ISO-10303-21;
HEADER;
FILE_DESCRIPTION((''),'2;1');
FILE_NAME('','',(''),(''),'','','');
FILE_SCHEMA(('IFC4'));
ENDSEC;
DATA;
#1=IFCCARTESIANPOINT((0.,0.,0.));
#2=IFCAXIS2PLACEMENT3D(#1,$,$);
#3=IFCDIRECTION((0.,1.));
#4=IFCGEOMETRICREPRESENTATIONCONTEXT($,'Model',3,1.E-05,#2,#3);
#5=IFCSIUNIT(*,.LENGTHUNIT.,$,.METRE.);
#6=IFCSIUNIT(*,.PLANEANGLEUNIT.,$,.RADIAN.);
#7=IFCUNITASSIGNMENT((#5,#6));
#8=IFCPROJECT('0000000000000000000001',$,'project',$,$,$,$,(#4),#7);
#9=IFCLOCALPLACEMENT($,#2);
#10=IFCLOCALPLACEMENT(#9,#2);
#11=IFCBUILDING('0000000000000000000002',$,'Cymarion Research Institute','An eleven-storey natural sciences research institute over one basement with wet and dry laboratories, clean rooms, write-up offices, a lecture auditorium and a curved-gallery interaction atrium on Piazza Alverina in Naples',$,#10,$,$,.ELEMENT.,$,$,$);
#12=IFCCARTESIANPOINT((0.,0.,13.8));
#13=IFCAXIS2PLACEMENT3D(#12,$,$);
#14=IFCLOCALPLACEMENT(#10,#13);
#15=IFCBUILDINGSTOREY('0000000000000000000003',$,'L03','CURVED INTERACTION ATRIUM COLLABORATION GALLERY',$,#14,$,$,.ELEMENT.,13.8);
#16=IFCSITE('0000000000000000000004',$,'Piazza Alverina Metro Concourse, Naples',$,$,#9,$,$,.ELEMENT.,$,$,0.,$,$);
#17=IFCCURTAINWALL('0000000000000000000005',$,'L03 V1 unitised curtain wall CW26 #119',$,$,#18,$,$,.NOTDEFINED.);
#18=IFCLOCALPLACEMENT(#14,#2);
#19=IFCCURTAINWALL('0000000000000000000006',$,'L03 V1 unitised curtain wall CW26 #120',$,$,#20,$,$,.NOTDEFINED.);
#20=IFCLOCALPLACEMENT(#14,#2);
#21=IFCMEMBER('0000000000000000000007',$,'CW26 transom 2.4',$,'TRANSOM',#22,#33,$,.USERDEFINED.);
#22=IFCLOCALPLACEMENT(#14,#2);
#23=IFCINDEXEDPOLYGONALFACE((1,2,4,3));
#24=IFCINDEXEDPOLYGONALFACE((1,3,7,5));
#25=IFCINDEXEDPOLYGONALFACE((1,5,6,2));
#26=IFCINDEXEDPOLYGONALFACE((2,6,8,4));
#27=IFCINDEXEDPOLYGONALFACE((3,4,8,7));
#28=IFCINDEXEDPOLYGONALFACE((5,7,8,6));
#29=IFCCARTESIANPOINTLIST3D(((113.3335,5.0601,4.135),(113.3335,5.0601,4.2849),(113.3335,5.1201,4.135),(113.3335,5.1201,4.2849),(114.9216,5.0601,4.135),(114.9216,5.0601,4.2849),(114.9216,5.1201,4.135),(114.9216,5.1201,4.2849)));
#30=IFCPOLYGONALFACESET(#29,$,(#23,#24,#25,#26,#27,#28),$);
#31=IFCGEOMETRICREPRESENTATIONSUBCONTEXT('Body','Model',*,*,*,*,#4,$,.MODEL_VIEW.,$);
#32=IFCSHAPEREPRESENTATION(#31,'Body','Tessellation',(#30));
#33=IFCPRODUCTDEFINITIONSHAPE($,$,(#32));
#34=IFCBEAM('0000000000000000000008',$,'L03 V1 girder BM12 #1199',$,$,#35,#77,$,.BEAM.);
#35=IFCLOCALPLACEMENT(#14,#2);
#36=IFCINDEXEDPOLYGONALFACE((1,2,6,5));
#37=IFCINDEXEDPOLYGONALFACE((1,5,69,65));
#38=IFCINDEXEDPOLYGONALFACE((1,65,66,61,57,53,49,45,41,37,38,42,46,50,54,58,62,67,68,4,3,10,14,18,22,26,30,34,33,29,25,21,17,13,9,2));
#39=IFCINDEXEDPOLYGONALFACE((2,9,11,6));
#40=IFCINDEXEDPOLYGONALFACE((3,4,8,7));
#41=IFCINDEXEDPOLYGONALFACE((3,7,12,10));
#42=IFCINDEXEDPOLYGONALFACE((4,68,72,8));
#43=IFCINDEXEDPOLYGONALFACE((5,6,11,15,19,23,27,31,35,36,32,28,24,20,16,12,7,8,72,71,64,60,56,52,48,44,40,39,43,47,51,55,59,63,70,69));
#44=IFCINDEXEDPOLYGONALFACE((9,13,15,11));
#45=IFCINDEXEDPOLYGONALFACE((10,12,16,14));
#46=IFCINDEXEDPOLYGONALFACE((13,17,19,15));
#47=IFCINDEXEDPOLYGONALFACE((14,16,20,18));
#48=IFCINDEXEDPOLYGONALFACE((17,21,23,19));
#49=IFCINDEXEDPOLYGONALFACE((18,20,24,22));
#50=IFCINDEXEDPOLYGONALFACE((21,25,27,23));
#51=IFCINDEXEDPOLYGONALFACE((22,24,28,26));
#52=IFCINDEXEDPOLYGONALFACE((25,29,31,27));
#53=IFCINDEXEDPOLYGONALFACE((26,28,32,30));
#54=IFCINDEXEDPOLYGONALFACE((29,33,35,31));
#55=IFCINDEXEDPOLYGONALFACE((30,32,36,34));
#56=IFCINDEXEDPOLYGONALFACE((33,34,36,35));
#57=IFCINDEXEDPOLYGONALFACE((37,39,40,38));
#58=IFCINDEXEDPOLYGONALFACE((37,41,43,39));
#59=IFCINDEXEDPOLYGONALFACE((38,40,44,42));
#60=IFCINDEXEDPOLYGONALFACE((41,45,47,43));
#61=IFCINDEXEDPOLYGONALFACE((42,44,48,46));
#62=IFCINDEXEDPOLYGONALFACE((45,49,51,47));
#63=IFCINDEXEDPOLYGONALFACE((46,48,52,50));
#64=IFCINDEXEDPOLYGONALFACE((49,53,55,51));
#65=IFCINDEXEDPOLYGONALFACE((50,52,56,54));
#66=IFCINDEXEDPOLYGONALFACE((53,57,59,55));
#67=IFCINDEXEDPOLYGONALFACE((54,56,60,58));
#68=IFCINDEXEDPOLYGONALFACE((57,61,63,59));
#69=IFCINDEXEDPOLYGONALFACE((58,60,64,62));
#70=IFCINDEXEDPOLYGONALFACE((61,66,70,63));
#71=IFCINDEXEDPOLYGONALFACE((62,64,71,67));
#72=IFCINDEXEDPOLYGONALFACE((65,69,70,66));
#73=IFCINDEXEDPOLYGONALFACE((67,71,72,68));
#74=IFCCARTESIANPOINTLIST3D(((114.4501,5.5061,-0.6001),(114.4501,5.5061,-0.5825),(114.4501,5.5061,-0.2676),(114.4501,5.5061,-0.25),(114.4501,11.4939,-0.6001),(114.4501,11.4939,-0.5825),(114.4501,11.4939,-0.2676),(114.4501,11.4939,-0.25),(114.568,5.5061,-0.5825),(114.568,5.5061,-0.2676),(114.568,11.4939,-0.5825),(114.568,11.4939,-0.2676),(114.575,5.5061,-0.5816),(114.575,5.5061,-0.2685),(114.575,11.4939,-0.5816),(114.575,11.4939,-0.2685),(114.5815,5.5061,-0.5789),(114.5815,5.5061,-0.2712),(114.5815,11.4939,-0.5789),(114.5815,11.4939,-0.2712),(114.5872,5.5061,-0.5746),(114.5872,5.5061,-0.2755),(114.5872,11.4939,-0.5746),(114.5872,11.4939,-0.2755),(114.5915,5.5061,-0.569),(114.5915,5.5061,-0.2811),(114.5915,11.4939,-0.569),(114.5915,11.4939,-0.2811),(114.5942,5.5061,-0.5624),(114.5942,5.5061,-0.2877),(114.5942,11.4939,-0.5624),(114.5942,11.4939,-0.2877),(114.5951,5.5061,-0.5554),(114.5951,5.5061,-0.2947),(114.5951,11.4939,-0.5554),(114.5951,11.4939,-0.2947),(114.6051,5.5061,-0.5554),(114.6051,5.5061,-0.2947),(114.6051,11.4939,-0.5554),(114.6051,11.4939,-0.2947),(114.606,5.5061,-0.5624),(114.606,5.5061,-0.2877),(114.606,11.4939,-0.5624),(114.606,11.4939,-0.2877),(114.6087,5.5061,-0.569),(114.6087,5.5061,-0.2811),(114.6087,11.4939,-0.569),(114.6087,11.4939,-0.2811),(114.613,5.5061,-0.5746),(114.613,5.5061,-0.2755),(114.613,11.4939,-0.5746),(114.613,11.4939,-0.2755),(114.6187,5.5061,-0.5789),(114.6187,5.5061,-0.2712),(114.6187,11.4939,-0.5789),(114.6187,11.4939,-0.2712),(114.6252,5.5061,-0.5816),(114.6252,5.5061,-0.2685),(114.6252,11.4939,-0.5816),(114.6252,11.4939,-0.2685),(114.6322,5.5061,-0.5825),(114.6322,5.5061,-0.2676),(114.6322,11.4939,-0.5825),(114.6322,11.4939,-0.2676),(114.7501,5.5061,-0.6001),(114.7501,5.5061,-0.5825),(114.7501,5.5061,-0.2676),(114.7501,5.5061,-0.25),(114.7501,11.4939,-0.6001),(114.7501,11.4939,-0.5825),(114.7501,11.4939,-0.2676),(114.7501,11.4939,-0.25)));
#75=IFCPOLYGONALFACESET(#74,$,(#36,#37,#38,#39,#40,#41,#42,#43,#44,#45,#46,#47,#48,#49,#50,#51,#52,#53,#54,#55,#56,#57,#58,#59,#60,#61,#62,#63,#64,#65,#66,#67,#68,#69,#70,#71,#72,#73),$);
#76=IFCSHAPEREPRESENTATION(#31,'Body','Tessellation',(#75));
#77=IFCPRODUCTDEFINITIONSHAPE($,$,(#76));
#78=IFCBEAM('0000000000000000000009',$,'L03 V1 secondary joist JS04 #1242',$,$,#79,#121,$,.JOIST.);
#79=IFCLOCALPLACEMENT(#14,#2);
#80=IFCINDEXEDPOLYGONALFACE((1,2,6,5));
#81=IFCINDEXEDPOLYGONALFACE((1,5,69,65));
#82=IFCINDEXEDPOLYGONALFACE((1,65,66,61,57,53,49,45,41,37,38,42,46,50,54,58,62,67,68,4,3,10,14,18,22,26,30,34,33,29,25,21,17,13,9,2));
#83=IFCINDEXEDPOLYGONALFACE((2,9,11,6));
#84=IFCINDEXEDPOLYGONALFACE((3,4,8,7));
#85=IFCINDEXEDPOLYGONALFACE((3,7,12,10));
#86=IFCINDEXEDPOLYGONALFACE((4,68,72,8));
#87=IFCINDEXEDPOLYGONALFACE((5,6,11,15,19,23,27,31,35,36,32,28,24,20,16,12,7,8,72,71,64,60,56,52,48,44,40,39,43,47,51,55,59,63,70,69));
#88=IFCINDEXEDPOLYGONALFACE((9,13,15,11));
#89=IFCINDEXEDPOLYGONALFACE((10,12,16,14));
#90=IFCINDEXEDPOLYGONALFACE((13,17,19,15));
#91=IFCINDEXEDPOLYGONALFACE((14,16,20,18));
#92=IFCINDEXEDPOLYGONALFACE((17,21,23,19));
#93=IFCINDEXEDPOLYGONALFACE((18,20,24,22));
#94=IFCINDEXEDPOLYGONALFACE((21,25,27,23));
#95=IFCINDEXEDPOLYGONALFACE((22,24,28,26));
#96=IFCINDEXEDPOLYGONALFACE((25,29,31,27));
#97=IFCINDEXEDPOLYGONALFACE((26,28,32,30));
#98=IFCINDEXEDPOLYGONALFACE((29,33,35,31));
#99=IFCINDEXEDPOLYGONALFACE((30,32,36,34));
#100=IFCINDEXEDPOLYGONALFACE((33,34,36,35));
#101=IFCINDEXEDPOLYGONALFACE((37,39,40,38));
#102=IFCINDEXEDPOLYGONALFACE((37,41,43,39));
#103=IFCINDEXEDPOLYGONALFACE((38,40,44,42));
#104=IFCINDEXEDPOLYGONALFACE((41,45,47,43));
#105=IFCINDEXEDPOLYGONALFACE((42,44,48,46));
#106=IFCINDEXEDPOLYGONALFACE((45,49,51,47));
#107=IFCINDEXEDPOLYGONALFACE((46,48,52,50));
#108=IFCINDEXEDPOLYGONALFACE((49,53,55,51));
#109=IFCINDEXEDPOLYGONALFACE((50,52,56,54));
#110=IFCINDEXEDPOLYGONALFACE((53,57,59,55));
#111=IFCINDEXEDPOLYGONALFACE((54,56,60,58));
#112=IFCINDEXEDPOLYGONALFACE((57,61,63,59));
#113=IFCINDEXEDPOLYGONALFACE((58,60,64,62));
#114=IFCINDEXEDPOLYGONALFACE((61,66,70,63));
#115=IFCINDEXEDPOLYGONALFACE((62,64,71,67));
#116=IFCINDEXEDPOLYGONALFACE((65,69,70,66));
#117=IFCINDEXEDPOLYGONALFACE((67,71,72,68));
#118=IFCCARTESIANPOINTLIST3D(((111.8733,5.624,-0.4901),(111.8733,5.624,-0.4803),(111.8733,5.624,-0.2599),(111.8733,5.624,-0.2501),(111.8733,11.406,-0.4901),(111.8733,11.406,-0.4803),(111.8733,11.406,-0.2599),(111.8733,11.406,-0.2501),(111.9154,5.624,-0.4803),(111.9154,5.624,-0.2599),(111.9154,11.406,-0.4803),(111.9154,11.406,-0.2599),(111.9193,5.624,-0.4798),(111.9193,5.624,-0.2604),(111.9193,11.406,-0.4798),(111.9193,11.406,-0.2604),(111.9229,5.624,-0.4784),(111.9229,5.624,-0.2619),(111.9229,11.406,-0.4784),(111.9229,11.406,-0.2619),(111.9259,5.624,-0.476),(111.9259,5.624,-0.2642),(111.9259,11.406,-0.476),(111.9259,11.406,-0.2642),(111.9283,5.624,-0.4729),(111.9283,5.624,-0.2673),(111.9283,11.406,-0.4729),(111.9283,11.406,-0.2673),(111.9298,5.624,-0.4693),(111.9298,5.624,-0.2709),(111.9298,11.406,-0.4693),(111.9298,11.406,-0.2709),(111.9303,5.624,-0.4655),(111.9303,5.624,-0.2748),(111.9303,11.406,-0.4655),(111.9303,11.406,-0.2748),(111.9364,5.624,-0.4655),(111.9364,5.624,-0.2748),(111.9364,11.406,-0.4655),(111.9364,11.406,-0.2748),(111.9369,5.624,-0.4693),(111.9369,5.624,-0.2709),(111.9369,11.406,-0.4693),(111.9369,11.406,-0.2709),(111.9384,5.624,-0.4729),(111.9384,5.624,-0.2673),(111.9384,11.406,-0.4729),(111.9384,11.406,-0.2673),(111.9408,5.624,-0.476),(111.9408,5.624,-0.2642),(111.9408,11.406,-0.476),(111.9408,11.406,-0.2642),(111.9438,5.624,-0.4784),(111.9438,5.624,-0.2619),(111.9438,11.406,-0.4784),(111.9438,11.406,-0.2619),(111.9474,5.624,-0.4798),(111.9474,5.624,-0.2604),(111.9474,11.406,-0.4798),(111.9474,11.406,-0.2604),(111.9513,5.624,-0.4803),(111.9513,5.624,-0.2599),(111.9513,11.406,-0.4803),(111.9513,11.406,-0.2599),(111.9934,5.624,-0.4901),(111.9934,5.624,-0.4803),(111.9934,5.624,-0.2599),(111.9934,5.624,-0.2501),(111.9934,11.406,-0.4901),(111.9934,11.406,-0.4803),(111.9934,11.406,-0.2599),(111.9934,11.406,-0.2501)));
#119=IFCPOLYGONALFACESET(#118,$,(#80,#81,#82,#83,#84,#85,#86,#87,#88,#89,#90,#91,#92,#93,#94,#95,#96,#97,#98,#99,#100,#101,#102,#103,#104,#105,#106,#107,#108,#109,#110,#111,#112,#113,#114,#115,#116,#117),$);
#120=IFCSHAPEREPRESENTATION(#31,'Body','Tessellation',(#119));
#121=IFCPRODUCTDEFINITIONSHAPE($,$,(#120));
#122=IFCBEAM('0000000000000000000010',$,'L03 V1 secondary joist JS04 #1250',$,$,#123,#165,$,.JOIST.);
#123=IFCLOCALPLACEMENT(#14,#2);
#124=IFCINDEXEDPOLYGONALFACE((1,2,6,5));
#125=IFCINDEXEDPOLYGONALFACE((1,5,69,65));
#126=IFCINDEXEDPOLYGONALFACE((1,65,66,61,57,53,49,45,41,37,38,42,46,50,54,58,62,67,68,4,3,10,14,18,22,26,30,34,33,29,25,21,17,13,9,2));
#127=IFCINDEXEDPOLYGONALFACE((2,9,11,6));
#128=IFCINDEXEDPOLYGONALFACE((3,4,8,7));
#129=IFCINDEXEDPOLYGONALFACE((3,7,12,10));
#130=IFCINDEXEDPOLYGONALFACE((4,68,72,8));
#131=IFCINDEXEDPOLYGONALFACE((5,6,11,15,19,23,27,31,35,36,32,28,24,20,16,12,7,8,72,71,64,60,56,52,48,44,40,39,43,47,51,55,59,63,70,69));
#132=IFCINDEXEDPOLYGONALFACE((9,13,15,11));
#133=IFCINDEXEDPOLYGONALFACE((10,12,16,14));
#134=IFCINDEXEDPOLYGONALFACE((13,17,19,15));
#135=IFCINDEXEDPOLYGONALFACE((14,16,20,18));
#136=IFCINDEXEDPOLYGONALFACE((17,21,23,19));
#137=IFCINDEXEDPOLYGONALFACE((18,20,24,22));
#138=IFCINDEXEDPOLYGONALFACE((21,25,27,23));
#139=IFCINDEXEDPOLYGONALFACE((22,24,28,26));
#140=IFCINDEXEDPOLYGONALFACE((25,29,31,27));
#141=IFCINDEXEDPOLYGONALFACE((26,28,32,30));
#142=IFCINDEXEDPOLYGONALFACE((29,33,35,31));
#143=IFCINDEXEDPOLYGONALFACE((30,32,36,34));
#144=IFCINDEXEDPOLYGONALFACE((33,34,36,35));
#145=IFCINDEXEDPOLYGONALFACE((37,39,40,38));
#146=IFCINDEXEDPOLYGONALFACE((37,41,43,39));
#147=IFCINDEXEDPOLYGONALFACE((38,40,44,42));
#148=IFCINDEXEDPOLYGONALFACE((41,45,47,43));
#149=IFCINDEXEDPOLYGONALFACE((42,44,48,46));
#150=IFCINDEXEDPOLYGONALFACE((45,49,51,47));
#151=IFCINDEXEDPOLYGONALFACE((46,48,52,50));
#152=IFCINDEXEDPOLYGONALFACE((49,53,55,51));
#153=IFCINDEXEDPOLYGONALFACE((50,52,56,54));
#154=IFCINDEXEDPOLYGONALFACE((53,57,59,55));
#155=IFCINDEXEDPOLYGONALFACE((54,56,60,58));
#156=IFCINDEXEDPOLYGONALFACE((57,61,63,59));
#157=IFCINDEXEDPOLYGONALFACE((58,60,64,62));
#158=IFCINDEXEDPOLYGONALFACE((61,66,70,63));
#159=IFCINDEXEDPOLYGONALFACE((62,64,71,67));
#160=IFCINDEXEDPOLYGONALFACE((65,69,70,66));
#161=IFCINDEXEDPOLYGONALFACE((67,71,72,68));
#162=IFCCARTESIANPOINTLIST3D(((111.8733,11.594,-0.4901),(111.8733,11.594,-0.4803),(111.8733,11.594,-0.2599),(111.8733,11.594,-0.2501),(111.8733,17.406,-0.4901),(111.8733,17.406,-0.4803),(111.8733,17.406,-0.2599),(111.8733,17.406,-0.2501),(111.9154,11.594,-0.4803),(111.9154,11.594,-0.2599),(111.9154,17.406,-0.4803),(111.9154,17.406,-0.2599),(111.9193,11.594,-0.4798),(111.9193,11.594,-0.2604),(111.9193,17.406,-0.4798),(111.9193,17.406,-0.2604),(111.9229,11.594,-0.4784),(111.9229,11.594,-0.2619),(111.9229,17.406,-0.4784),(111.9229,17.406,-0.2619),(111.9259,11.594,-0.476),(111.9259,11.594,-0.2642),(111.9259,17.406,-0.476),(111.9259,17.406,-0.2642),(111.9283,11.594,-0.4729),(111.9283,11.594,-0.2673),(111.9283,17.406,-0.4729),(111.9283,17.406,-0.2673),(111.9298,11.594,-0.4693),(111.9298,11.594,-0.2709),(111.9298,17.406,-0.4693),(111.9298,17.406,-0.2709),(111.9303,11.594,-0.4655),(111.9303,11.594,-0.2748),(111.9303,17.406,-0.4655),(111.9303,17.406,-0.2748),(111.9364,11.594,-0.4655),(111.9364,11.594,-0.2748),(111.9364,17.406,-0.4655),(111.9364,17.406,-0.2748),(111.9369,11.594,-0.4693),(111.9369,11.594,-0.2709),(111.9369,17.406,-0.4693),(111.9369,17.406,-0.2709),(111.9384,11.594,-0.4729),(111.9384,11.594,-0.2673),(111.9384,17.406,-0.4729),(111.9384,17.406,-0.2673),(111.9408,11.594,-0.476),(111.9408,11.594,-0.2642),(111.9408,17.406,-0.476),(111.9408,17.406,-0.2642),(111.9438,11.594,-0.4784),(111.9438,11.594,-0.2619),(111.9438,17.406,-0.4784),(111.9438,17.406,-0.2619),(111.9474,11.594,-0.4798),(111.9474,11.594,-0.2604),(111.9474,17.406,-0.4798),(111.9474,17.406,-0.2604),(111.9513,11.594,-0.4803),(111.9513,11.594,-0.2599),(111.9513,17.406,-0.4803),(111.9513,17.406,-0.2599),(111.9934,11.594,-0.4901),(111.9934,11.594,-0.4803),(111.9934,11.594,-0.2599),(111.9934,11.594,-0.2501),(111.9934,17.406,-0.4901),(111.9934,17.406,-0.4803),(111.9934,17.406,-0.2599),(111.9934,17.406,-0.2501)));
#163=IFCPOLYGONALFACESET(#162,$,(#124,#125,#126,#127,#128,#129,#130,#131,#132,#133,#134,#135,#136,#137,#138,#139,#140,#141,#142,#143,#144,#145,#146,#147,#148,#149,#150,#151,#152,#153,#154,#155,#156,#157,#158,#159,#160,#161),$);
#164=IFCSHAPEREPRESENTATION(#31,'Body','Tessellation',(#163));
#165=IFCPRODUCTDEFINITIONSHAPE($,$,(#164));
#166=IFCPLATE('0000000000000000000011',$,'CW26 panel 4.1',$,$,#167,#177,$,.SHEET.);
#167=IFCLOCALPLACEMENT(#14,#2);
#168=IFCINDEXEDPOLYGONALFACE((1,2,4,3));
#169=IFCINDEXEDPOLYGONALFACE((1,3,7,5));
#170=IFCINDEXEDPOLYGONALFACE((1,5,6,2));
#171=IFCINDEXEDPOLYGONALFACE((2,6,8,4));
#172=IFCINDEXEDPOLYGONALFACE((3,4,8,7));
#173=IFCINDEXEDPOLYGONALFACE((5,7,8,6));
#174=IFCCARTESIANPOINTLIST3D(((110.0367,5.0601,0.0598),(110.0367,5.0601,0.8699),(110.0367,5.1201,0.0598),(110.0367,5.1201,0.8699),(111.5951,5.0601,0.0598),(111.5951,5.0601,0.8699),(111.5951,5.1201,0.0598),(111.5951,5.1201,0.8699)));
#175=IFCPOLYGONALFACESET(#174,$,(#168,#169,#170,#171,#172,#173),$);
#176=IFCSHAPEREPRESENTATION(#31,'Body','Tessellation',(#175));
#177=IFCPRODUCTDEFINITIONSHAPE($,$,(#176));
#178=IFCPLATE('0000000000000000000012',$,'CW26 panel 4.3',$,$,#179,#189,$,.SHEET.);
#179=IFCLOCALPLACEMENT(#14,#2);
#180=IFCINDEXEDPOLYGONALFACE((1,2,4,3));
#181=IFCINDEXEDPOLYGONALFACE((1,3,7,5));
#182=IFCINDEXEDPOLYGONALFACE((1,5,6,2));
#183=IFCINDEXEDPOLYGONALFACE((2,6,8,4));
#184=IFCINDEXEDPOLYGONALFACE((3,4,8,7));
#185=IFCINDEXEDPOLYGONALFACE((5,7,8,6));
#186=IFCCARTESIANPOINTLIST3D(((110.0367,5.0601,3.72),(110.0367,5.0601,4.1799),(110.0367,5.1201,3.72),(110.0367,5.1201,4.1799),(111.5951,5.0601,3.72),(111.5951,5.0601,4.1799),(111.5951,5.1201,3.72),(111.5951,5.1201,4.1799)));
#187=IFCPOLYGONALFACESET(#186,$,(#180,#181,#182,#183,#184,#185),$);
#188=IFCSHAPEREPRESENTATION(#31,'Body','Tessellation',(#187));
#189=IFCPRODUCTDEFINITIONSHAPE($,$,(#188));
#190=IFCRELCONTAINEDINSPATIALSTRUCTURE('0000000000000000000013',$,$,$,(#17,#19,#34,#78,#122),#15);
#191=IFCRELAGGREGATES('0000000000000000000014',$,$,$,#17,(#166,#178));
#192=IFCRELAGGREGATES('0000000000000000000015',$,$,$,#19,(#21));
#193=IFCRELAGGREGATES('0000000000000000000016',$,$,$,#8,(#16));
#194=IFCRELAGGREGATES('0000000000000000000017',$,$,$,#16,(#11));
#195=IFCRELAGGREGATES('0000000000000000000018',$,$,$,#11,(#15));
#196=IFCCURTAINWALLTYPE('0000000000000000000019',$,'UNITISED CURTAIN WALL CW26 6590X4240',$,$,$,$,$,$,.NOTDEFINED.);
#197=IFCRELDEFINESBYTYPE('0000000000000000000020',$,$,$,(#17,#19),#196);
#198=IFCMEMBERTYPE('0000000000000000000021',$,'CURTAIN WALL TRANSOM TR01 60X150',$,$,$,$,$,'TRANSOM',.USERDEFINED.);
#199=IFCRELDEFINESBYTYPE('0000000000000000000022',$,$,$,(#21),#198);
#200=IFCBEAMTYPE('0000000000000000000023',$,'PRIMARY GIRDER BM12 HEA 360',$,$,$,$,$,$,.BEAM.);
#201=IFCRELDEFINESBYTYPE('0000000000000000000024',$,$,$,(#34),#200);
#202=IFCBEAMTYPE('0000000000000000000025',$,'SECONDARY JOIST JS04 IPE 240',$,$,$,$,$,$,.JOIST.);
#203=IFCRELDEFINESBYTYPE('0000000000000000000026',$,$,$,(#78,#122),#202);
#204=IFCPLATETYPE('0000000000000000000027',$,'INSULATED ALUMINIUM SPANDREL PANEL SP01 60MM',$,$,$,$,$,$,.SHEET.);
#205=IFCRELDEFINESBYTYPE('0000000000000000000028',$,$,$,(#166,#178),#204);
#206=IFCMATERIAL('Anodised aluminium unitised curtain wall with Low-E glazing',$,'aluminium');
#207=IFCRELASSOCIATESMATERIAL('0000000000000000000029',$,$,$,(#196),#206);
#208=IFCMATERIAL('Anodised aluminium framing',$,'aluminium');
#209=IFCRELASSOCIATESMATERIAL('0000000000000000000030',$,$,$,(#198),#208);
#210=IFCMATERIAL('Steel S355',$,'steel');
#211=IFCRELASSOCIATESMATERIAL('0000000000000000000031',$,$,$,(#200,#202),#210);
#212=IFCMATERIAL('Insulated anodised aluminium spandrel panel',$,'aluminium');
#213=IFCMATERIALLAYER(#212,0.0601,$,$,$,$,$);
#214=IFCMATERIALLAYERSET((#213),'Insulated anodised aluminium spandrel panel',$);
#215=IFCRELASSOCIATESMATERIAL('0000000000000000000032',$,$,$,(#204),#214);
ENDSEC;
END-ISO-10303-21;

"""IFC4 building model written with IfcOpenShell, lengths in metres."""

from ifc_helpers import new_model, si_unit, direction, frame, origin, origin_2d, place, context, subcontext, project, spatial, rectangle, i_section, extrude, material, layer, layer_set, material_profile, profile_set, type_object, element, aggregate, save


model = new_model("IFC4")

# Units and contexts
model_context = context("Model", 3, precision=1e-05, world=origin(), true_north=direction((0.0, 1.0)))
body_context = subcontext(model_context, "Body", "Model", "MODEL_VIEW")
ifc_project = project(units=[si_unit("LENGTHUNIT", "METRE"), si_unit("PLANEANGLEUNIT", "RADIAN")], contexts=[model_context])

# Site, building, storey
site_placement = place(None, origin())
site = spatial("IfcSite", under=ifc_project, at=site_placement, Name="Piazza Alverina Metro Concourse, Naples", CompositionType="ELEMENT", RefElevation=0.0)
building_placement = place(site_placement, origin())
building = spatial("IfcBuilding", under=site, at=building_placement, Name="Cymarion Research Institute", Description="An eleven-storey natural sciences research institute over one basement with wet and dry laboratories, clean rooms, write-up offices, a lecture auditorium and a curved-gallery interaction atrium on Piazza Alverina in Naples", CompositionType="ELEMENT")
storey_placement = place(building_placement, frame((0.0, 0.0, 13.8)))
storey = spatial("IfcBuildingStorey", under=building, at=storey_placement, Name="L03", Description="CURVED INTERACTION ATRIUM COLLABORATION GALLERY", CompositionType="ELEMENT", Elevation=13.8)

# Shared definitions
ifc_material_1 = material(Name="Steel S355", Category="steel")

# Curtain wall
ifc_material_2 = material(Name="Anodised aluminium unitised curtain wall with Low-E glazing", Category="aluminium")
curtain_wall_type = type_object("IfcCurtainWallType", Name="UNITISED CURTAIN WALL CW26 6590X4240", PredefinedType="NOTDEFINED", material=ifc_material_2)
curtain_wall_1_placement = place(storey_placement, origin())
curtain_wall_1 = element("IfcCurtainWall", 1, at=curtain_wall_1_placement, inside=storey, type_object=curtain_wall_type, Name="L03 V1 unitised curtain wall CW26 #119", PredefinedType="NOTDEFINED")
ifc_material_3 = material(Name="Anodised aluminium framing", Category="aluminium")

# Curtain wall
curtain_wall_2_placement = place(storey_placement, origin())
curtain_wall_2 = element("IfcCurtainWall", 2, at=curtain_wall_2_placement, inside=storey, type_object=curtain_wall_type, Name="L03 V1 unitised curtain wall CW26 #120", PredefinedType="NOTDEFINED")

# Member
ifc_material_profile_1 = material_profile(ifc_material_3, rectangle(XDim=0.0601, YDim=0.1499, at=origin_2d()), Name="ALU TRANSOM 60x150")
ifc_profile_set_1 = profile_set([ifc_material_profile_1], Name="Anodised aluminium framing")
member_type_1 = type_object("IfcMemberType", Name="CURTAIN WALL TRANSOM TR01 60X150", ElementType="TRANSOM", PredefinedType="USERDEFINED", material=ifc_profile_set_1)
member_1_placement = place(storey_placement, frame((113.3335, 5.0901, 4.21), z_axis=(1.0, 0.0, 0.0), x_axis=(0.0, 1.0, 0.0)))
member_1 = element("IfcMember", 3, at=member_1_placement, type_object=member_type_1, Name="CW26 transom 2.4", ObjectType="TRANSOM", PredefinedType="USERDEFINED", context=body_context, shape_type="SweptSolid", body=[
    extrude(rectangle(XDim=0.0601, YDim=0.1499, at=origin_2d()), origin(), (0.0, 0.0, 1.0), 1.5881),
])

# Beams
ifc_material_profile_2 = material_profile(ifc_material_1, i_section(OverallWidth=0.3, OverallDepth=0.3501, WebThickness=0.01, FlangeThickness=0.0176, FilletRadius=0.0271, at=origin_2d()), Name="HEA 360")
ifc_profile_set_2 = profile_set([ifc_material_profile_2], Name="Steel S355")
beam_type_1 = type_object("IfcBeamType", Name="PRIMARY GIRDER BM12 HEA 360", PredefinedType="BEAM", material=ifc_profile_set_2)
beam_1_placement = place(storey_placement, frame((114.6001, 5.5061, -0.425), z_axis=(0.0, 1.0, 0.0), x_axis=(-1.0, 0.0, 0.0)))
element("IfcBeam", 4, at=beam_1_placement, inside=storey, type_object=beam_type_1, Name="L03 V1 girder BM12 #1199", PredefinedType="BEAM", context=body_context, shape_type="SweptSolid", body=[
    extrude(i_section(OverallWidth=0.3, OverallDepth=0.3501, WebThickness=0.01, FlangeThickness=0.0176, FilletRadius=0.0271, at=origin_2d()), origin(), (0.0, 0.0, 1.0), 5.9878),
])
ifc_material_profile_3 = material_profile(ifc_material_1, i_section(OverallWidth=0.1201, OverallDepth=0.24, WebThickness=0.0061, FlangeThickness=0.0098, FilletRadius=0.0149, at=origin_2d()), Name="IPE 240")
ifc_profile_set_3 = profile_set([ifc_material_profile_3], Name="Steel S355")
beam_type_2 = type_object("IfcBeamType", Name="SECONDARY JOIST JS04 IPE 240", PredefinedType="JOIST", material=ifc_profile_set_3)
beam_2_placement = place(storey_placement, frame((111.9333, 5.624, -0.3701), z_axis=(0.0, 1.0, 0.0), x_axis=(-1.0, 0.0, 0.0)))
element("IfcBeam", 5, at=beam_2_placement, inside=storey, type_object=beam_type_2, Name="L03 V1 secondary joist JS04 #1242", PredefinedType="JOIST", context=body_context, shape_type="SweptSolid", body=[
    extrude(i_section(OverallWidth=0.1201, OverallDepth=0.24, WebThickness=0.0061, FlangeThickness=0.0098, FilletRadius=0.0149, at=origin_2d()), origin(), (0.0, 0.0, 1.0), 5.782),
])
beam_3_placement = place(storey_placement, frame((111.9333, 11.594, -0.3701), z_axis=(0.0, 1.0, 0.0), x_axis=(-1.0, 0.0, 0.0)))
element("IfcBeam", 6, at=beam_3_placement, inside=storey, type_object=beam_type_2, Name="L03 V1 secondary joist JS04 #1250", PredefinedType="JOIST", context=body_context, shape_type="SweptSolid", body=[
    extrude(i_section(OverallWidth=0.1201, OverallDepth=0.24, WebThickness=0.0061, FlangeThickness=0.0098, FilletRadius=0.0149, at=origin_2d()), origin(), (0.0, 0.0, 1.0), 5.812),
])

# Plates
ifc_material_4 = material(Name="Insulated anodised aluminium spandrel panel", Category="aluminium")
ifc_layer_1 = layer(ifc_material_4, 0.0601)
ifc_layer_set_1 = layer_set([ifc_layer_1], Name="Insulated anodised aluminium spandrel panel")
plate_type_1 = type_object("IfcPlateType", Name="INSULATED ALUMINIUM SPANDREL PANEL SP01 60MM", PredefinedType="SHEET", material=ifc_layer_set_1)
plate_1_placement = place(storey_placement, frame((110.8159, 5.0901, 0.0598), z_axis=(0.0, 0.0, 1.0), x_axis=(1.0, 0.0, 0.0)))
plate_1 = element("IfcPlate", 7, at=plate_1_placement, type_object=plate_type_1, Name="CW26 panel 4.1", PredefinedType="SHEET", context=body_context, shape_type="SweptSolid", body=[
    extrude(rectangle(XDim=1.5583, YDim=0.0601, at=origin_2d()), origin(), (0.0, 0.0, 1.0), 0.8101),
])
plate_2_placement = place(storey_placement, frame((110.8159, 5.0901, 3.72), z_axis=(0.0, 0.0, 1.0), x_axis=(1.0, 0.0, 0.0)))
plate_2 = element("IfcPlate", 8, at=plate_2_placement, type_object=plate_type_1, Name="CW26 panel 4.3", PredefinedType="SHEET", context=body_context, shape_type="SweptSolid", body=[
    extrude(rectangle(XDim=1.5583, YDim=0.0601, at=origin_2d()), origin(), (0.0, 0.0, 1.0), 0.46),
])
aggregate(curtain_wall_1, [plate_1, plate_2])
aggregate(curtain_wall_2, [member_1])

save(model, "model.ifc")
